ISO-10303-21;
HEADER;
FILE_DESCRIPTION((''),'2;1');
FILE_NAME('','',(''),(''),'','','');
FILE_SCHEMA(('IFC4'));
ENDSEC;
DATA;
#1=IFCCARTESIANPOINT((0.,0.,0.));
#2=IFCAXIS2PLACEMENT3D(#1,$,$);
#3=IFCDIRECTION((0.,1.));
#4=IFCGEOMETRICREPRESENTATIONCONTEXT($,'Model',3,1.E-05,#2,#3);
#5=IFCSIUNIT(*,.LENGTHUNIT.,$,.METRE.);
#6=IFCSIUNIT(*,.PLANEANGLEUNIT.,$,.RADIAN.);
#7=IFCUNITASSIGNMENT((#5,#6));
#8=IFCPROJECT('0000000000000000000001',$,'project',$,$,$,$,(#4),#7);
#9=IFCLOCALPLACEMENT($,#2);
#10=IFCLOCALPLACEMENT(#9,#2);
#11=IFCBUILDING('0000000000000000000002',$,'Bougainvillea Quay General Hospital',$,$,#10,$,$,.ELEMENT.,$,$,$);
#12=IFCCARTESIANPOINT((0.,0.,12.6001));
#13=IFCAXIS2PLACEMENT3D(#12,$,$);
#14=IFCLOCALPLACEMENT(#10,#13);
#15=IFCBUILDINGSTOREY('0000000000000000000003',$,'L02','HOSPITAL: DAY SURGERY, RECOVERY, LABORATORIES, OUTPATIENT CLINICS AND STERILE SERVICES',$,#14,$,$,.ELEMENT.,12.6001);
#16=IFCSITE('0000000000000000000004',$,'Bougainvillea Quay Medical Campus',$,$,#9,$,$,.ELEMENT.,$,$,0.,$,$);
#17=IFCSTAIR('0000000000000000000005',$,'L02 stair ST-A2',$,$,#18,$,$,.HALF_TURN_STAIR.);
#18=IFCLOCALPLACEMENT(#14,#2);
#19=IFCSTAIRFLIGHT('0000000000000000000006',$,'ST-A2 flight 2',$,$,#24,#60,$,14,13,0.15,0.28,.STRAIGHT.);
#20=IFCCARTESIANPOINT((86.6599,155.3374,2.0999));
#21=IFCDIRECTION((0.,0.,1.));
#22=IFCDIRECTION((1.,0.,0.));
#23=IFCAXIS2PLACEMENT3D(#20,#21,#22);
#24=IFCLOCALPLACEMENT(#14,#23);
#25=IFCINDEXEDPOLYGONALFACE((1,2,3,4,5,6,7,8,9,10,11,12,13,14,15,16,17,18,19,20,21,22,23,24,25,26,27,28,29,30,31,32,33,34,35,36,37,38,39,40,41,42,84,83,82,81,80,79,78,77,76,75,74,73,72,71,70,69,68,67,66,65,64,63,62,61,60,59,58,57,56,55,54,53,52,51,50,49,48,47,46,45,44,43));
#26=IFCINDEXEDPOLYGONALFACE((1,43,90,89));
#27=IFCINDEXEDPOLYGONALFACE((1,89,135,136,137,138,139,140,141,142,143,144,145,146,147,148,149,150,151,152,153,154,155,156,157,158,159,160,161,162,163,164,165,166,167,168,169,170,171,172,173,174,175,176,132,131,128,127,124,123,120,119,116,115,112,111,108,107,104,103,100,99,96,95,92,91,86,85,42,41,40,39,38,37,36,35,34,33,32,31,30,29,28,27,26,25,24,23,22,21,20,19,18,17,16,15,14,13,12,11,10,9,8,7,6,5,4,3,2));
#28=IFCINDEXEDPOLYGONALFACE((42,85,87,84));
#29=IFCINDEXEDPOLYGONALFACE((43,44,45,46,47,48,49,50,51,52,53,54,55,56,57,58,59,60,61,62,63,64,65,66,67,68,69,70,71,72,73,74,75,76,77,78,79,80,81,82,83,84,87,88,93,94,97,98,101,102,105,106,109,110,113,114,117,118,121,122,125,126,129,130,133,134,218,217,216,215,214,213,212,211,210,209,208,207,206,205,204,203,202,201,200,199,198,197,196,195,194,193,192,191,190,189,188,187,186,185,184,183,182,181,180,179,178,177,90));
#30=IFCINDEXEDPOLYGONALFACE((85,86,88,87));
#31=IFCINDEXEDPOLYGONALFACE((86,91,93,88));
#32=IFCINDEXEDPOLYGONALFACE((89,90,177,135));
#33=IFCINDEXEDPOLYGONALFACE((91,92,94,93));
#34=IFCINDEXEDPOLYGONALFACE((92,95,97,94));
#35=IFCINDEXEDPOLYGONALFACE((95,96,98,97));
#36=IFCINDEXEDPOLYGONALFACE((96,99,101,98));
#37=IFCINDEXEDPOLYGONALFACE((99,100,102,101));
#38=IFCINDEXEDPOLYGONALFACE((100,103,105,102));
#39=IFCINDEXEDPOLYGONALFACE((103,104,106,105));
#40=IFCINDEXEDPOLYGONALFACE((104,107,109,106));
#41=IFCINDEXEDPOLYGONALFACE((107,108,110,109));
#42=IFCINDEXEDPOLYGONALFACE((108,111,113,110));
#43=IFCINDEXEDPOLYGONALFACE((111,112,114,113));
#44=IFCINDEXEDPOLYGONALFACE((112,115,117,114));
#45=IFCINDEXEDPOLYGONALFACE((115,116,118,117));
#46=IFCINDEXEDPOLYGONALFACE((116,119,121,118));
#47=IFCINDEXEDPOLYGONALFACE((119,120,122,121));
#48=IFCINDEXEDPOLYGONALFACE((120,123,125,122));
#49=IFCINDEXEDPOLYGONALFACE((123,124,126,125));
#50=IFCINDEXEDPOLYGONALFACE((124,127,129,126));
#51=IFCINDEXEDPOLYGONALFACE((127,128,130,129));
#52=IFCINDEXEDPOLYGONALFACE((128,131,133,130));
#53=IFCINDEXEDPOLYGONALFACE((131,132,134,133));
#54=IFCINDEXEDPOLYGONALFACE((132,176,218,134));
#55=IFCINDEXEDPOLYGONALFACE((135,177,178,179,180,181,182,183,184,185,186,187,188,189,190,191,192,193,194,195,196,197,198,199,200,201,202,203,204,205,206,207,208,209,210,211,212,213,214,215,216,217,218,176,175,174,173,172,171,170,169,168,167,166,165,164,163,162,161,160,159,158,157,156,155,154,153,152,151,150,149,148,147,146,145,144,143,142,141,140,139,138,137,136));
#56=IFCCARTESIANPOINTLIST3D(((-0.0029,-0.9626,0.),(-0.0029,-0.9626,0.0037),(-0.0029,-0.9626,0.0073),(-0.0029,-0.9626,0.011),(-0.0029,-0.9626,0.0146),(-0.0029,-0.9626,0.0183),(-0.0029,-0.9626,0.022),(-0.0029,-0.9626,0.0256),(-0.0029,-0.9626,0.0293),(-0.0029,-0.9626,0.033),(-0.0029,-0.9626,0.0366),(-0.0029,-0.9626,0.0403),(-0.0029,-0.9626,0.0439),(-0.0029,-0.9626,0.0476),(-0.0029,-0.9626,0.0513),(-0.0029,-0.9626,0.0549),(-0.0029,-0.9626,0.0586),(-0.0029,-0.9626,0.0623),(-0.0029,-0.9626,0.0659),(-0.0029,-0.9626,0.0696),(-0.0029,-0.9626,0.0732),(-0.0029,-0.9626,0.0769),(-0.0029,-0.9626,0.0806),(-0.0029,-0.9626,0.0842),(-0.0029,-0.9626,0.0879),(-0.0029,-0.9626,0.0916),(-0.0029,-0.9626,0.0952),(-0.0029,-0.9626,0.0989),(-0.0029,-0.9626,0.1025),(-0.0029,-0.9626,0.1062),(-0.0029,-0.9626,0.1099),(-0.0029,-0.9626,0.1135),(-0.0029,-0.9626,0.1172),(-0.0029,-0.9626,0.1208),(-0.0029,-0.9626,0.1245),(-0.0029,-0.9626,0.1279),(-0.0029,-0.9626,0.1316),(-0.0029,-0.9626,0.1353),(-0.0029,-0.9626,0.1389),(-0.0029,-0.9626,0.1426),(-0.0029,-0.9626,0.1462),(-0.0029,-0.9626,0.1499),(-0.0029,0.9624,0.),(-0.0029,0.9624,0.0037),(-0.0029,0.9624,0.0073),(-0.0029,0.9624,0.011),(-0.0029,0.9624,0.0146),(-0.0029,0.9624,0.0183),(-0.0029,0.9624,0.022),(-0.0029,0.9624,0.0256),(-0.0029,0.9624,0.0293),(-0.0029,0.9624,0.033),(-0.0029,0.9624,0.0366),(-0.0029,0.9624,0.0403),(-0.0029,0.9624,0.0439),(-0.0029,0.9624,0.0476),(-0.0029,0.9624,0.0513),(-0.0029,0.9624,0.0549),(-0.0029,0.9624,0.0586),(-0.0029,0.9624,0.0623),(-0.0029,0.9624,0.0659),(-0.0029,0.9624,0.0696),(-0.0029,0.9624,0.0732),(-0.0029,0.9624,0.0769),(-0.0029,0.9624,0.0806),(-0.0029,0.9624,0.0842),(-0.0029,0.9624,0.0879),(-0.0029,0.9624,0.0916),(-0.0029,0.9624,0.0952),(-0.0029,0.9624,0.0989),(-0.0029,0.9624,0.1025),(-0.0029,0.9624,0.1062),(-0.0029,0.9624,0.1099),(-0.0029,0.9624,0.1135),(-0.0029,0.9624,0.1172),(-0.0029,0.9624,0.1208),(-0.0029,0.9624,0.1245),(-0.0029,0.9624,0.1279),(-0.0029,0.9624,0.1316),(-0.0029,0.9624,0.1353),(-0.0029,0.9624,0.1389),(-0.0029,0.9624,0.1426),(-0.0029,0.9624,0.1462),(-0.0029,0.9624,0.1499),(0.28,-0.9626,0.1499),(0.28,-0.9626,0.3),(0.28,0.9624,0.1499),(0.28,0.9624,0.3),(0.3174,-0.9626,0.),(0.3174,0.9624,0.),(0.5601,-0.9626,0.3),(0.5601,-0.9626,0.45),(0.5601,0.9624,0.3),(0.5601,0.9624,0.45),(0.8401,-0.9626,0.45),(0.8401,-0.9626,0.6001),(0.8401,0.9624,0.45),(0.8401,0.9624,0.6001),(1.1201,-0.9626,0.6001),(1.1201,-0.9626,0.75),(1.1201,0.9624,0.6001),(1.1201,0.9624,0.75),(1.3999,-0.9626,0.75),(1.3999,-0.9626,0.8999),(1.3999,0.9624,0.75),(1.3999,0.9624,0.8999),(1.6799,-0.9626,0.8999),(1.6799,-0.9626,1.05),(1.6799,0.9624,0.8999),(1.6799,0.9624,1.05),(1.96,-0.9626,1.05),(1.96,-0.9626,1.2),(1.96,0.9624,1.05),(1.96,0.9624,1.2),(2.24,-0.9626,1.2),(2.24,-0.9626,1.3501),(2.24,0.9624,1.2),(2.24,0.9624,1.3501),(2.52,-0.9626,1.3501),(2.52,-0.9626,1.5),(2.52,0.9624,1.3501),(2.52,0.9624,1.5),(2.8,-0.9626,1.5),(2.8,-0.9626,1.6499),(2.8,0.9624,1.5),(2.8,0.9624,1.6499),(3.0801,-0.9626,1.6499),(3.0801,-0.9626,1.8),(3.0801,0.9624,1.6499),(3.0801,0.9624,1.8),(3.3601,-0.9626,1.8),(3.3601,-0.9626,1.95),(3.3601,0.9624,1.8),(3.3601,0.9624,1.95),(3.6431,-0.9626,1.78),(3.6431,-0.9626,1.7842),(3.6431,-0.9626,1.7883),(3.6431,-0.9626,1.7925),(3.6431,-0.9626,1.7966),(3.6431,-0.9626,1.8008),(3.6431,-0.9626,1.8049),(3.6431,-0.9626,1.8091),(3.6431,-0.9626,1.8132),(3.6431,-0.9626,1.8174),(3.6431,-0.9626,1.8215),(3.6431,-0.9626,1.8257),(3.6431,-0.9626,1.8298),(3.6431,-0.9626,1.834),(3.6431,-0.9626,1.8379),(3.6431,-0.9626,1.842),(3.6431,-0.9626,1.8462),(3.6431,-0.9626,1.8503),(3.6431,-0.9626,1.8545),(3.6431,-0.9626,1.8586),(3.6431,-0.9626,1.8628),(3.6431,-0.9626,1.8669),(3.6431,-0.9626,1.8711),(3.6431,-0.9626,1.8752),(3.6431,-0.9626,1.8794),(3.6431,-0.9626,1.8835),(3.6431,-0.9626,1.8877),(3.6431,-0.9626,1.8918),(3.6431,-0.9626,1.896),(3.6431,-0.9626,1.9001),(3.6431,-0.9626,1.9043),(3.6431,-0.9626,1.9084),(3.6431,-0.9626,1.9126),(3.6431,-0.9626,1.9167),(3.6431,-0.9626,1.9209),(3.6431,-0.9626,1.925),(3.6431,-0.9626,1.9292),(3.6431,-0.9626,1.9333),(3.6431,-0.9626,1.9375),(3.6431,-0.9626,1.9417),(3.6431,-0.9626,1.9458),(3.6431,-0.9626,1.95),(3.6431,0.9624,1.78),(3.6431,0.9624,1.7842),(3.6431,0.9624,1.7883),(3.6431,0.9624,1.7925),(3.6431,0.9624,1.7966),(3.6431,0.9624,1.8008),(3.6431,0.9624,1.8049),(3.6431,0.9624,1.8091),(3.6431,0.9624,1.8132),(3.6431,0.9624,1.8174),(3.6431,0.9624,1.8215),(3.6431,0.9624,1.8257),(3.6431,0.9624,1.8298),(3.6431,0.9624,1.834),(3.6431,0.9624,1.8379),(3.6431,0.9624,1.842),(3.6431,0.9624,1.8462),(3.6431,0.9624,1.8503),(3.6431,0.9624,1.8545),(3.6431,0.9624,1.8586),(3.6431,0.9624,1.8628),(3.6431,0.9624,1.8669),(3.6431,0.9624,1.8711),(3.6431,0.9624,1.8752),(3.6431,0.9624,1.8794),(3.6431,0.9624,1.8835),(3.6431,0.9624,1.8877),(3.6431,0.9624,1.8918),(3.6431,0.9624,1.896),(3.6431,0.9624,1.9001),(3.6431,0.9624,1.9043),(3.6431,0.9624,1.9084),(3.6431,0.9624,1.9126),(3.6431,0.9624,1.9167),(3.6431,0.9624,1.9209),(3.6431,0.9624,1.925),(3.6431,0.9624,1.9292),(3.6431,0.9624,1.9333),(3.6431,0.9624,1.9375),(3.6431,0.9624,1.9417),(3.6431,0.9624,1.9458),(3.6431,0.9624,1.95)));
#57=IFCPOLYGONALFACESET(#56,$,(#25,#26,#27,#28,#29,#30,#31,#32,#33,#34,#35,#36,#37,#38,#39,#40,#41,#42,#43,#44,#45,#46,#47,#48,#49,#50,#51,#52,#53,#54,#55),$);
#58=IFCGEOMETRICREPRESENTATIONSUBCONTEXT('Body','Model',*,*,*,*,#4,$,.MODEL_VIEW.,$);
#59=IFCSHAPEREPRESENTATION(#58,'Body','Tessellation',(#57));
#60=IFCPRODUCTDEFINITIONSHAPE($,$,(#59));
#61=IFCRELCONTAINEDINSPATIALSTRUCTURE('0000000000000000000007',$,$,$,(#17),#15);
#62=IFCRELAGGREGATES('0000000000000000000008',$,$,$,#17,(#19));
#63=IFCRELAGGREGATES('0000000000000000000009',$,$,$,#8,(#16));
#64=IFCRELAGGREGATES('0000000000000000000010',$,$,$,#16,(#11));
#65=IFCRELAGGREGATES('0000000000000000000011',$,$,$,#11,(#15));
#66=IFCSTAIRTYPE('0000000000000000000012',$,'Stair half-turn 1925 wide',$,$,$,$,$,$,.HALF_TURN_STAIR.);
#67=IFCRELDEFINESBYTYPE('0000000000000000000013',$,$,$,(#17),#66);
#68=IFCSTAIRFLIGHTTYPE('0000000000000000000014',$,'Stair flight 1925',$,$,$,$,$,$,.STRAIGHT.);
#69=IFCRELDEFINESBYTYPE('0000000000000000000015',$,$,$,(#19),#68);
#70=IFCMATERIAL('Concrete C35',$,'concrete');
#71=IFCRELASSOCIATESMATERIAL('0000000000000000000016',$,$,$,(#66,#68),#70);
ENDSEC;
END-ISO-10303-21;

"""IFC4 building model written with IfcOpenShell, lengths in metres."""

from ifc_helpers import new_model, si_unit, direction, frame, origin, place, context, subcontext, project, spatial, polyline, outline, extrude, material, type_object, element, aggregate, save


model = new_model("IFC4")

# Units and contexts
model_context = context("Model", 3, precision=1e-05, world=origin(), true_north=direction((0.0, 1.0)))
body_context = subcontext(model_context, "Body", "Model", "MODEL_VIEW")
ifc_project = project(units=[si_unit("LENGTHUNIT", "METRE"), si_unit("PLANEANGLEUNIT", "RADIAN")], contexts=[model_context])

# Site, building, storey
site_placement = place(None, origin())
site = spatial("IfcSite", under=ifc_project, at=site_placement, Name="Bougainvillea Quay Medical Campus", CompositionType="ELEMENT", RefElevation=0.0)
building_placement = place(site_placement, origin())
building = spatial("IfcBuilding", under=site, at=building_placement, Name="Bougainvillea Quay General Hospital", CompositionType="ELEMENT")
storey_placement = place(building_placement, frame((0.0, 0.0, 12.6001)))
storey = spatial("IfcBuildingStorey", under=building, at=storey_placement, Name="L02", Description="HOSPITAL: DAY SURGERY, RECOVERY, LABORATORIES, OUTPATIENT CLINICS AND STERILE SERVICES", CompositionType="ELEMENT", Elevation=12.6001)

# Stair, stair flight
ifc_material_1 = material(Name="Concrete C35", Category="concrete")
stair_type = type_object("IfcStairType", Name="Stair half-turn 1925 wide", PredefinedType="HALF_TURN_STAIR", material=ifc_material_1)
stair_placement = place(storey_placement, origin())
stair = element("IfcStair", 1, at=stair_placement, inside=storey, type_object=stair_type, Name="L02 stair ST-A2", PredefinedType="HALF_TURN_STAIR")
stair_flight_type = type_object("IfcStairFlightType", Name="Stair flight 1925", PredefinedType="STRAIGHT", material=ifc_material_1)
stair_flight_placement = place(storey_placement, frame((86.6599, 155.3374, 2.0999), z_axis=(0.0, 0.0, 1.0), x_axis=(1.0, 0.0, 0.0)))
stair_flight = element("IfcStairFlight", 2, at=stair_flight_placement, type_object=stair_flight_type, Name="ST-A2 flight 2", NumberOfRisers=14, NumberOfTreads=13, PredefinedType="STRAIGHT", RiserHeight=0.15, TreadLength=0.28, context=body_context, shape_type="SweptSolid", body=[
    extrude(outline(polyline([(-0.0029, 0.0), (-0.0029, 0.0037), (-0.0029, 0.0073), (-0.0029, 0.011), (-0.0029, 0.0146), (-0.0029, 0.0183), (-0.0029, 0.022), (-0.0029, 0.0256), (-0.0029, 0.0293), (-0.0029, 0.033), (-0.0029, 0.0366), (-0.0029, 0.0403), (-0.0029, 0.0439), (-0.0029, 0.0476), (-0.0029, 0.0513), (-0.0029, 0.0549), (-0.0029, 0.0586), (-0.0029, 0.0623), (-0.0029, 0.0659), (-0.0029, 0.0696), (-0.0029, 0.0732), (-0.0029, 0.0769), (-0.0029, 0.0806), (-0.0029, 0.0842), (-0.0029, 0.0879), (-0.0029, 0.0916), (-0.0029, 0.0952), (-0.0029, 0.0989), (-0.0029, 0.1025), (-0.0029, 0.1062), (-0.0029, 0.1099), (-0.0029, 0.1135), (-0.0029, 0.1172), (-0.0029, 0.1208), (-0.0029, 0.1245), (-0.0029, 0.1279), (-0.0029, 0.1316), (-0.0029, 0.1353), (-0.0029, 0.1389), (-0.0029, 0.1426), (-0.0029, 0.1462), (-0.0029, 0.1499), (0.28, 0.1499), (0.28, 0.3), (0.5601, 0.3), (0.5601, 0.45), (0.8401, 0.45), (0.8401, 0.6001), (1.1201, 0.6001), (1.1201, 0.75), (1.3999, 0.75), (1.3999, 0.8999), (1.6799, 0.8999), (1.6799, 1.05), (1.96, 1.05), (1.96, 1.2), (2.24, 1.2), (2.24, 1.3501), (2.52, 1.3501), (2.52, 1.5), (2.8, 1.5), (2.8, 1.6499), (3.0801, 1.6499), (3.0801, 1.8), (3.3601, 1.8), (3.3601, 1.95), (3.6431, 1.95), (3.6431, 1.9458), (3.6431, 1.9417), (3.6431, 1.9375), (3.6431, 1.9333), (3.6431, 1.9292), (3.6431, 1.925), (3.6431, 1.9209), (3.6431, 1.9167), (3.6431, 1.9126), (3.6431, 1.9084), (3.6431, 1.9043), (3.6431, 1.9001), (3.6431, 1.896), (3.6431, 1.8918), (3.6431, 1.8877), (3.6431, 1.8835), (3.6431, 1.8794), (3.6431, 1.8752), (3.6431, 1.8711), (3.6431, 1.8669), (3.6431, 1.8628), (3.6431, 1.8586), (3.6431, 1.8545), (3.6431, 1.8503), (3.6431, 1.8462), (3.6431, 1.842), (3.6431, 1.8379), (3.6431, 1.834), (3.6431, 1.8298), (3.6431, 1.8257), (3.6431, 1.8215), (3.6431, 1.8174), (3.6431, 1.8132), (3.6431, 1.8091), (3.6431, 1.8049), (3.6431, 1.8008), (3.6431, 1.7966), (3.6431, 1.7925), (3.6431, 1.7883), (3.6431, 1.7842), (3.6431, 1.78), (0.3174, 0.0), (-0.0029, 0.0)])), frame((0.0, 0.9624, 0.0), z_axis=(0.0, -1.0, 0.0), x_axis=(1.0, 0.0, 0.0)), (0.0, 0.0, 1.0), 1.925),
])
aggregate(stair, [stair_flight])

save(model, "model.ifc")
